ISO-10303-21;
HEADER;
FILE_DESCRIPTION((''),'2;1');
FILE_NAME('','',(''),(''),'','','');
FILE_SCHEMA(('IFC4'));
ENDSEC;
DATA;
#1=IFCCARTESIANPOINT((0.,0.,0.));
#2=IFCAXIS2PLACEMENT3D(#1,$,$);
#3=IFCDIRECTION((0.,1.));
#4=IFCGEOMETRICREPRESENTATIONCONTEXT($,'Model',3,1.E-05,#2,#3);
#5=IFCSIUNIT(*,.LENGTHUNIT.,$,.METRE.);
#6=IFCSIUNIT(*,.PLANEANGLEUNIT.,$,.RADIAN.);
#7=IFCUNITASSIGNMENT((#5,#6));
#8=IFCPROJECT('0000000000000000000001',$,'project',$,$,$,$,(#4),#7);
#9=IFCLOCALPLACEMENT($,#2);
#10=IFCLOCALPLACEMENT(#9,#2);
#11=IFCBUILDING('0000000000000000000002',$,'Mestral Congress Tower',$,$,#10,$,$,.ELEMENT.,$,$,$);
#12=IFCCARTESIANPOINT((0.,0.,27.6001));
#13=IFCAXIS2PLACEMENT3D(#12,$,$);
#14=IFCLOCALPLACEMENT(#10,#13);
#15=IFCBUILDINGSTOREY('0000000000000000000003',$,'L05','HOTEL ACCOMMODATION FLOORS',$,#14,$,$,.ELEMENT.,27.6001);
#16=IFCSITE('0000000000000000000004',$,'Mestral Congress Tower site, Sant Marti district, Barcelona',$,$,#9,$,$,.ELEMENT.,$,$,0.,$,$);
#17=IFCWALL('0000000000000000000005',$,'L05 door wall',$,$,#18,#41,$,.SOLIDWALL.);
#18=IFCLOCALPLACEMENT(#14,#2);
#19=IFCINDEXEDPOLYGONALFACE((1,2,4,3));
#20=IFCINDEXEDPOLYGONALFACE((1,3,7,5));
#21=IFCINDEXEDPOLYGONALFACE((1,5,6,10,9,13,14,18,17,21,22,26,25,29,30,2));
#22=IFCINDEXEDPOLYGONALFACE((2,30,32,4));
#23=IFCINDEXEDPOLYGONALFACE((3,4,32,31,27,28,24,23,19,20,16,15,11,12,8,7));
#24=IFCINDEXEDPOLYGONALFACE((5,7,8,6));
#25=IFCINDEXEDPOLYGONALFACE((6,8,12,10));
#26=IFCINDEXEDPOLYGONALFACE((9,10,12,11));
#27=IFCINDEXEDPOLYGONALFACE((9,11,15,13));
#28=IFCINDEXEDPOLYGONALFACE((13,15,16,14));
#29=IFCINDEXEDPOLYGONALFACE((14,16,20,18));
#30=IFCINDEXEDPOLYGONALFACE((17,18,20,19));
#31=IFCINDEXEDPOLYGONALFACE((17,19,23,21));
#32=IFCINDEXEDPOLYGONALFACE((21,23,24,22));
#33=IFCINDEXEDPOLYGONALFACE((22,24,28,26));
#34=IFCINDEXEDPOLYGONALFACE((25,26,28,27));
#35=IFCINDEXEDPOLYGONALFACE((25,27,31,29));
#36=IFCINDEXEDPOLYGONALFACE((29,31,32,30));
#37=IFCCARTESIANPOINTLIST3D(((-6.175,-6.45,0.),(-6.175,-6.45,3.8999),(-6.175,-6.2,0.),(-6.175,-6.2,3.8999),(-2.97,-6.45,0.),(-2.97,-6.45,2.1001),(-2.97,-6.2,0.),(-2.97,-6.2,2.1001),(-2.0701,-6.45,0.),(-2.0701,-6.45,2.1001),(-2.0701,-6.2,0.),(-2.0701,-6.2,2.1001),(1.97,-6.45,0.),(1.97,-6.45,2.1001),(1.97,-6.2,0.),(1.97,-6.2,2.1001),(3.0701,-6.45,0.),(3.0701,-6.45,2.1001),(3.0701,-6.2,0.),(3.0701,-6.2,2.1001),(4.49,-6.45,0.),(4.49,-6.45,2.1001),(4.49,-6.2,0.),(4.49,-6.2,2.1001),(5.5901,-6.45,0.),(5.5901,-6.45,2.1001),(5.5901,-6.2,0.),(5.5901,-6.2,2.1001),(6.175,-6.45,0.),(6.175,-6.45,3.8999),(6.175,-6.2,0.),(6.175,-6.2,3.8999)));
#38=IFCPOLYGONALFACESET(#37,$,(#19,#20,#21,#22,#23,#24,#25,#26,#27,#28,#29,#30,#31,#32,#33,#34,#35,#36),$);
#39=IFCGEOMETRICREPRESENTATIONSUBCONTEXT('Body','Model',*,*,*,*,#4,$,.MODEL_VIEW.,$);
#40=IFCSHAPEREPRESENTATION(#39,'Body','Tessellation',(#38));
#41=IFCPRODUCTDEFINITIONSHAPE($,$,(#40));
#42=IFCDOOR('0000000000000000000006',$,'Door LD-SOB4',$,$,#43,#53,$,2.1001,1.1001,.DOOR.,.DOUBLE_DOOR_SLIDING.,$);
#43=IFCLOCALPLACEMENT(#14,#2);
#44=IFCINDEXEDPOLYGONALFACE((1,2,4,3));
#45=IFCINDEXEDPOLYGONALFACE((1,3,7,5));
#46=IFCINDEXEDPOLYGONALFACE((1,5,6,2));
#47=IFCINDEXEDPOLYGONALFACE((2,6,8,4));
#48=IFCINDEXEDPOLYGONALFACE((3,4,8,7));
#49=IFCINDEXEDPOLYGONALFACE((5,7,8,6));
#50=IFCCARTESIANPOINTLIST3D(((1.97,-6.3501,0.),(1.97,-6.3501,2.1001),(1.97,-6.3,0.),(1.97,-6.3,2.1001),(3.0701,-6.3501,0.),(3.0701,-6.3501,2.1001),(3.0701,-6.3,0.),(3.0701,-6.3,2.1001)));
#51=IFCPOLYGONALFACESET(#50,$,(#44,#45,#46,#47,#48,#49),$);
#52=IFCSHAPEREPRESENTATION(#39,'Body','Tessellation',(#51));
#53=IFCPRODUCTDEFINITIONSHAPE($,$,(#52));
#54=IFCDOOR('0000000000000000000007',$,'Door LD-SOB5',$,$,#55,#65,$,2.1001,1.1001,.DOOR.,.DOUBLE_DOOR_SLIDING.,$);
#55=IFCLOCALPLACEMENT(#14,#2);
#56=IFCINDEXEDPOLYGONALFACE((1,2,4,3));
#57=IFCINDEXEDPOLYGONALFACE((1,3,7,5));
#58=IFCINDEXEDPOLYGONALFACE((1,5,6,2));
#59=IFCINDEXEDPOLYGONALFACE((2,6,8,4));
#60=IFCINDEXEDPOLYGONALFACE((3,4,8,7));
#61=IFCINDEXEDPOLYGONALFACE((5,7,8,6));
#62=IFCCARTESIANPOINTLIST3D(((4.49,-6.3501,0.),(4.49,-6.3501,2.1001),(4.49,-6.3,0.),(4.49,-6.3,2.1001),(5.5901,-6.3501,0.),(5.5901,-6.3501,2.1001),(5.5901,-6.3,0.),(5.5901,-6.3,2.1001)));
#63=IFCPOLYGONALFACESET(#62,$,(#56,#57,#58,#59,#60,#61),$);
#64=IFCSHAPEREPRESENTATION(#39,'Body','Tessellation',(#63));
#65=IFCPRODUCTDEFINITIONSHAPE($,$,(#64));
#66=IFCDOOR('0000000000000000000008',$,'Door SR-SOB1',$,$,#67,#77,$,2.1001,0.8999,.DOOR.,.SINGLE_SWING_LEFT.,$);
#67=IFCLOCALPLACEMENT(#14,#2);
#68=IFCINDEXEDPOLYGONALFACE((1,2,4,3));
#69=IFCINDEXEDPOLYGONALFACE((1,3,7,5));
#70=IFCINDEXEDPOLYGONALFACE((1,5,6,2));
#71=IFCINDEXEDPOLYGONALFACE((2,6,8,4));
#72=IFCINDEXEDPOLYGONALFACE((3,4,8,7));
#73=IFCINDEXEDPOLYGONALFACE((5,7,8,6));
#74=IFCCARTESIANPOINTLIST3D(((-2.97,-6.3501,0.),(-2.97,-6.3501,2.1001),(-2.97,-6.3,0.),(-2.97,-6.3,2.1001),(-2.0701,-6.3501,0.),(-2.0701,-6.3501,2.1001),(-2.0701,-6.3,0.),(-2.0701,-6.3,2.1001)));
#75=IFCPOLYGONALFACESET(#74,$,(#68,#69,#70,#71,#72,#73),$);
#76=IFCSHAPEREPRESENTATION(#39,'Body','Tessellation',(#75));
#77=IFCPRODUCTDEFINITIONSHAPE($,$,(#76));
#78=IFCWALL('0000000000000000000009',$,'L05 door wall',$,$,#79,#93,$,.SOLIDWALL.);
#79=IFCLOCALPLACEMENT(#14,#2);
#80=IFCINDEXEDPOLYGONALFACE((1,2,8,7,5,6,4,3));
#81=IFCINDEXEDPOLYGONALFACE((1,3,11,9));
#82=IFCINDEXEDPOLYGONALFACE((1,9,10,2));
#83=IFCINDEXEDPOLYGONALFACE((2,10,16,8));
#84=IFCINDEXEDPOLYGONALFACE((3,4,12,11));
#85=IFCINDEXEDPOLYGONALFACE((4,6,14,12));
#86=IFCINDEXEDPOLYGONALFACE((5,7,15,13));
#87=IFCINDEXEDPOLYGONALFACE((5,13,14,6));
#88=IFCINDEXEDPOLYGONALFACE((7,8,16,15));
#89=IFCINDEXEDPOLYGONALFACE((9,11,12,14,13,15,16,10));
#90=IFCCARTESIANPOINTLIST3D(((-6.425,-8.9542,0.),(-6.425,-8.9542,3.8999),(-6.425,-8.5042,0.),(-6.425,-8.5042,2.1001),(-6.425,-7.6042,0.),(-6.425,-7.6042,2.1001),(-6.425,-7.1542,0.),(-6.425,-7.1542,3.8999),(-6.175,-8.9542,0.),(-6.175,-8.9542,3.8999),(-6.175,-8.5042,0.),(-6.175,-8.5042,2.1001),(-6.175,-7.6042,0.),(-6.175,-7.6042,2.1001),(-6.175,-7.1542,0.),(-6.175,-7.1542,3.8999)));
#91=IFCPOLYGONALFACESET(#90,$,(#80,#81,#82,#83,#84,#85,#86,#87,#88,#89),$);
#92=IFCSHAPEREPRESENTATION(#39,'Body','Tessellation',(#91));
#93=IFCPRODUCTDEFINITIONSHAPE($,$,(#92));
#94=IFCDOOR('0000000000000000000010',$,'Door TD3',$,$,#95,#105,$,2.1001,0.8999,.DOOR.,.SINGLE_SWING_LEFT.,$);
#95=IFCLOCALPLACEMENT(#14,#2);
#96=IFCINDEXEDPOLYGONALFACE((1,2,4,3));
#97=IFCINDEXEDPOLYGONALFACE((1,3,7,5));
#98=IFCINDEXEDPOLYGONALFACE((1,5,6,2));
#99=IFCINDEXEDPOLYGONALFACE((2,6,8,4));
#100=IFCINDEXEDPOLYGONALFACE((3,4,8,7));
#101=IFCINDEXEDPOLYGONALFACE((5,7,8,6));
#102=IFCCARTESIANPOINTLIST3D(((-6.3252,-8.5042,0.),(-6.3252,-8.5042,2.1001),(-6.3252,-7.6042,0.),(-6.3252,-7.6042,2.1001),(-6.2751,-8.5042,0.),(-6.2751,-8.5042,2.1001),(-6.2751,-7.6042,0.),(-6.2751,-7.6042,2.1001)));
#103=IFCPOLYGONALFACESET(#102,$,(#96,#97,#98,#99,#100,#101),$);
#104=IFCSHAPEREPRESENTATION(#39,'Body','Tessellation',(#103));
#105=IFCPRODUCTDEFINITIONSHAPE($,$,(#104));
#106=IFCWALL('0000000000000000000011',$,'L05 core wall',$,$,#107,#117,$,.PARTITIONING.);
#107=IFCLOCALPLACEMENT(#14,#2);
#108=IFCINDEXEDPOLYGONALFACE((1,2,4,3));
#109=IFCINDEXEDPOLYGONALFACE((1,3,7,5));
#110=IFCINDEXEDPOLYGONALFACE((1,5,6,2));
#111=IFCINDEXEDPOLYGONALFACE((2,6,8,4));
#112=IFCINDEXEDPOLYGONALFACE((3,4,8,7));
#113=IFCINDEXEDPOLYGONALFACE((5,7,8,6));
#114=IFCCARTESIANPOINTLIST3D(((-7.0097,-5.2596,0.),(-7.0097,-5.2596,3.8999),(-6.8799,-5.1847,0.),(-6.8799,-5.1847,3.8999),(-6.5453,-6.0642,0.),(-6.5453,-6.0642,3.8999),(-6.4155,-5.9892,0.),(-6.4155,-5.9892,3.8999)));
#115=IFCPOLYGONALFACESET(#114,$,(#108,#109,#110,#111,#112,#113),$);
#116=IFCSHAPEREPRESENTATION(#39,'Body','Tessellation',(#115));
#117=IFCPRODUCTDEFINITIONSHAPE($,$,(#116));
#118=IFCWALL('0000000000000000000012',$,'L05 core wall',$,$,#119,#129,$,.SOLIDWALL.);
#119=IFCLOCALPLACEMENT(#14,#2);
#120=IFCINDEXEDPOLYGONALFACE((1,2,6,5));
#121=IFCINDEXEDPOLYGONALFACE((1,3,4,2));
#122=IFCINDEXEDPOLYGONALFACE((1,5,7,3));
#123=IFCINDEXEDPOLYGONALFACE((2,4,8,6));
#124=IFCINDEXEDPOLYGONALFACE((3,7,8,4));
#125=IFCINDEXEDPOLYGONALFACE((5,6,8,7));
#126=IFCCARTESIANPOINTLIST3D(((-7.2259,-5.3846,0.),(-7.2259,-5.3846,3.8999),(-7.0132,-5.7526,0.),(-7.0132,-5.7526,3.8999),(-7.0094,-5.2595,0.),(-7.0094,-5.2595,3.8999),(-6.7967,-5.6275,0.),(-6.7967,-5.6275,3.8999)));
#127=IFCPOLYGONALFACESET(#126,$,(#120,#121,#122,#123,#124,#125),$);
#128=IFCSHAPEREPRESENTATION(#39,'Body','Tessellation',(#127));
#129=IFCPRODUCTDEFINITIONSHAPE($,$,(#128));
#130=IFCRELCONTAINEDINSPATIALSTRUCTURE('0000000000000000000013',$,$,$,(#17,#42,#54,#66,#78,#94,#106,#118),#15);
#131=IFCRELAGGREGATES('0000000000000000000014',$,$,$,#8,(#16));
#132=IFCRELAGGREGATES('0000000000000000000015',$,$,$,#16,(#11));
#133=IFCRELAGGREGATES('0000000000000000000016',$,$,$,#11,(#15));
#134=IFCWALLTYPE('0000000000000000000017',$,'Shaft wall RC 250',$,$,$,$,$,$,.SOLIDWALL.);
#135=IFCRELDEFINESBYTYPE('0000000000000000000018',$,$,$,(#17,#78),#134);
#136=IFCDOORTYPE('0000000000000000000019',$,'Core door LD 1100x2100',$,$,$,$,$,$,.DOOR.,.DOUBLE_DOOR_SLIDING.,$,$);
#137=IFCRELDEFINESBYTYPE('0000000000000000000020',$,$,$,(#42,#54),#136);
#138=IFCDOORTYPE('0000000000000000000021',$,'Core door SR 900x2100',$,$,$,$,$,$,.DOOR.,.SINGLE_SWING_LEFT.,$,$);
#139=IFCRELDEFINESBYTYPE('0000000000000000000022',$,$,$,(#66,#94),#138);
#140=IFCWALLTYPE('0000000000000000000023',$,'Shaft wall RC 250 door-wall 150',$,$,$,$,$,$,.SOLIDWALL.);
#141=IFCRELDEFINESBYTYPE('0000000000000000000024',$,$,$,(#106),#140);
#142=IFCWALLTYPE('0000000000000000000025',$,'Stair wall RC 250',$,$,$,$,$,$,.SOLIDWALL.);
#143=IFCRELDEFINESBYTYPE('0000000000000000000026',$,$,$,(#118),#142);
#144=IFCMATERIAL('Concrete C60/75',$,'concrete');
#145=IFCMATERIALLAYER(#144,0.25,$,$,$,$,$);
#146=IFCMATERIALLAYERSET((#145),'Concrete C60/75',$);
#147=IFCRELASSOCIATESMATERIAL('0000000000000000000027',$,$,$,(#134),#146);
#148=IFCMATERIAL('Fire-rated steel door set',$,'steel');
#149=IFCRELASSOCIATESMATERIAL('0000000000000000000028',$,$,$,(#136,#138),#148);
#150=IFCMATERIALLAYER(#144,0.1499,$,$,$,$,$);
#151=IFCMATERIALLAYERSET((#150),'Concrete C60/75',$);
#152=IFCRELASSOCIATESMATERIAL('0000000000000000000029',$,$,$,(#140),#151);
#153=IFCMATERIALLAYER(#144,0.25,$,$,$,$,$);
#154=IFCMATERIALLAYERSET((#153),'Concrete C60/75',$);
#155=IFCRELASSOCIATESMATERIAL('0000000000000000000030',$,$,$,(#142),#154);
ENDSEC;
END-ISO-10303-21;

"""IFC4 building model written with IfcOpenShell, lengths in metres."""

from ifc_helpers import new_model, si_unit, direction, frame, frame_2d, origin, place, context, subcontext, project, spatial, rectangle, extrude, material, layer, layer_set, type_object, element, fill, save


model = new_model("IFC4")

# Units and contexts
model_context = context("Model", 3, precision=1e-05, world=origin(), true_north=direction((0.0, 1.0)))
body_context = subcontext(model_context, "Body", "Model", "MODEL_VIEW")
ifc_project = project(units=[si_unit("LENGTHUNIT", "METRE"), si_unit("PLANEANGLEUNIT", "RADIAN")], contexts=[model_context])

# Site, building, storey
site_placement = place(None, origin())
site = spatial("IfcSite", under=ifc_project, at=site_placement, Name="Mestral Congress Tower site, Sant Marti district, Barcelona", CompositionType="ELEMENT", RefElevation=0.0)
building_placement = place(site_placement, origin())
building = spatial("IfcBuilding", under=site, at=building_placement, Name="Mestral Congress Tower", CompositionType="ELEMENT")
storey_placement = place(building_placement, frame((0.0, 0.0, 27.6001)))
storey = spatial("IfcBuildingStorey", under=building, at=storey_placement, Name="L05", Description="HOTEL ACCOMMODATION FLOORS", CompositionType="ELEMENT", Elevation=27.6001)

# Shared definitions
ifc_material_1 = material(Name="Fire-rated steel door set", Category="steel")

# Shared definitions
ifc_material_2 = material(Name="Concrete C60/75", Category="concrete")
ifc_layer_1 = layer(ifc_material_2, 0.25)
ifc_layer_set_1 = layer_set([ifc_layer_1], Name="Concrete C60/75")
wall_type_1 = type_object("IfcWallType", Name="Shaft wall RC 250", PredefinedType="SOLIDWALL", material=ifc_layer_set_1)

# Wall, openings, doors
door_type_1 = type_object("IfcDoorType", Name="Core door LD 1100x2100", OperationType="DOUBLE_DOOR_SLIDING", PredefinedType="DOOR", material=ifc_material_1)
wall_1_placement = place(storey_placement, frame((-6.175, -6.325, 0.0), z_axis=(0.0, 0.0, 1.0), x_axis=(1.0, 0.0, 0.0)))
wall_1 = element("IfcWall", 1, at=wall_1_placement, inside=storey, type_object=wall_type_1, Name="L05 door wall", PredefinedType="SOLIDWALL", context=body_context, shape_type="SweptSolid", body=[
    extrude(rectangle(XDim=12.3501, YDim=0.25, at=frame_2d((6.175, 0.0))), origin(), (0.0, 0.0, 1.0), 3.8999),
])
opening_1_placement = place(wall_1_placement, frame((3.2051, 0.0, 0.0)))
opening_1 = element("IfcOpeningElement", 2, at=opening_1_placement, cuts=wall_1, PredefinedType="OPENING", context=body_context, shape_type="SweptSolid", body=[
    extrude(rectangle(XDim=0.8999, YDim=2.1001, at=frame_2d((0.45, 1.05))), frame((0.0, 0.135, 0.0), z_axis=(0.0, -1.0, 0.0), x_axis=(1.0, 0.0, 0.0)), (0.0, 0.0, 1.0), 0.27),
])
opening_2_placement = place(wall_1_placement, frame((8.145, 0.0, 0.0)))
opening_2 = element("IfcOpeningElement", 3, at=opening_2_placement, cuts=wall_1, PredefinedType="OPENING", context=body_context, shape_type="SweptSolid", body=[
    extrude(rectangle(XDim=1.1001, YDim=2.1001, at=frame_2d((0.55, 1.05))), frame((0.0, 0.135, 0.0), z_axis=(0.0, -1.0, 0.0), x_axis=(1.0, 0.0, 0.0)), (0.0, 0.0, 1.0), 0.27),
])
opening_3_placement = place(wall_1_placement, frame((10.665, 0.0, 0.0)))
opening_3 = element("IfcOpeningElement", 4, at=opening_3_placement, cuts=wall_1, PredefinedType="OPENING", context=body_context, shape_type="SweptSolid", body=[
    extrude(rectangle(XDim=1.1001, YDim=2.1001, at=frame_2d((0.55, 1.05))), frame((0.0, 0.135, 0.0), z_axis=(0.0, -1.0, 0.0), x_axis=(1.0, 0.0, 0.0)), (0.0, 0.0, 1.0), 0.27),
])
door_1_placement = place(opening_2_placement, origin())
door_1 = element("IfcDoor", 5, at=door_1_placement, inside=storey, type_object=door_type_1, Name="Door LD-SOB4", OperationType="DOUBLE_DOOR_SLIDING", OverallHeight=2.1001, OverallWidth=1.1001, PredefinedType="DOOR", context=body_context, shape_type="SweptSolid", body=[
    extrude(rectangle(XDim=1.1001, YDim=2.1001, at=frame_2d((0.55, 1.05))), frame((0.0, 0.0249, 0.0), z_axis=(0.0, -1.0, 0.0), x_axis=(1.0, 0.0, 0.0)), (0.0, 0.0, 1.0), 0.05),
])
fill(opening_2, door_1)
door_2_placement = place(opening_3_placement, origin())
door_2 = element("IfcDoor", 6, at=door_2_placement, inside=storey, type_object=door_type_1, Name="Door LD-SOB5", OperationType="DOUBLE_DOOR_SLIDING", OverallHeight=2.1001, OverallWidth=1.1001, PredefinedType="DOOR", context=body_context, shape_type="SweptSolid", body=[
    extrude(rectangle(XDim=1.1001, YDim=2.1001, at=frame_2d((0.55, 1.05))), frame((0.0, 0.0249, 0.0), z_axis=(0.0, -1.0, 0.0), x_axis=(1.0, 0.0, 0.0)), (0.0, 0.0, 1.0), 0.05),
])
fill(opening_3, door_2)
door_type_2 = type_object("IfcDoorType", Name="Core door SR 900x2100", OperationType="SINGLE_SWING_LEFT", PredefinedType="DOOR", material=ifc_material_1)
door_3_placement = place(opening_1_placement, origin())
door_3 = element("IfcDoor", 7, at=door_3_placement, inside=storey, type_object=door_type_2, Name="Door SR-SOB1", OperationType="SINGLE_SWING_LEFT", OverallHeight=2.1001, OverallWidth=0.8999, PredefinedType="DOOR", context=body_context, shape_type="SweptSolid", body=[
    extrude(rectangle(XDim=0.8999, YDim=2.1001, at=frame_2d((0.45, 1.05))), frame((0.0, 0.0249, 0.0), z_axis=(0.0, -1.0, 0.0), x_axis=(1.0, 0.0, 0.0)), (0.0, 0.0, 1.0), 0.05),
])
fill(opening_1, door_3)

# Wall, opening, door
wall_2_placement = place(storey_placement, frame((-6.3, -7.1543, 0.0), z_axis=(0.0, 0.0, 1.0), x_axis=(0.0, -1.0, 0.0)))
wall_2 = element("IfcWall", 8, at=wall_2_placement, inside=storey, type_object=wall_type_1, Name="L05 door wall", PredefinedType="SOLIDWALL", context=body_context, shape_type="SweptSolid", body=[
    extrude(rectangle(XDim=1.8, YDim=0.25, at=frame_2d((0.8999, 0.0))), origin(), (0.0, 0.0, 1.0), 3.8999),
])
opening_4_placement = place(wall_2_placement, frame((0.45, 0.0, 0.0)))
opening_4 = element("IfcOpeningElement", 9, at=opening_4_placement, cuts=wall_2, PredefinedType="OPENING", context=body_context, shape_type="SweptSolid", body=[
    extrude(rectangle(XDim=0.8999, YDim=2.1001, at=frame_2d((0.45, 1.05))), frame((0.0, 0.135, 0.0), z_axis=(0.0, -1.0, 0.0), x_axis=(1.0, 0.0, 0.0)), (0.0, 0.0, 1.0), 0.27),
])
door_4_placement = place(opening_4_placement, origin())
door_4 = element("IfcDoor", 10, at=door_4_placement, inside=storey, type_object=door_type_2, Name="Door TD3", OperationType="SINGLE_SWING_LEFT", OverallHeight=2.1001, OverallWidth=0.8999, PredefinedType="DOOR", context=body_context, shape_type="SweptSolid", body=[
    extrude(rectangle(XDim=0.8999, YDim=2.1001, at=frame_2d((0.45, 1.05))), frame((0.0, 0.0249, 0.0), z_axis=(0.0, -1.0, 0.0), x_axis=(1.0, 0.0, 0.0)), (0.0, 0.0, 1.0), 0.05),
])
fill(opening_4, door_4)

# Walls
ifc_layer_2 = layer(ifc_material_2, 0.1499)
ifc_layer_set_2 = layer_set([ifc_layer_2], Name="Concrete C60/75")
wall_type_2 = type_object("IfcWallType", Name="Shaft wall RC 250 door-wall 150", PredefinedType="SOLIDWALL", material=ifc_layer_set_2)
wall_3_placement = place(storey_placement, frame((-6.4805, -6.0266, 0.0), z_axis=(0.0, 0.0, 1.0), x_axis=(-0.499927, 0.866067, 0.0)))
element("IfcWall", 11, at=wall_3_placement, inside=storey, type_object=wall_type_2, Name="L05 core wall", PredefinedType="PARTITIONING", context=body_context, shape_type="SweptSolid", body=[
    extrude(rectangle(XDim=0.929, YDim=0.1499, at=frame_2d((0.4644, 0.0))), origin(), (0.0, 0.0, 1.0), 3.8999),
])
ifc_layer_3 = layer(ifc_material_2, 0.25)
ifc_layer_set_3 = layer_set([ifc_layer_3], Name="Concrete C60/75")
wall_type_3 = type_object("IfcWallType", Name="Stair wall RC 250", PredefinedType="SOLIDWALL", material=ifc_layer_set_3)
wall_4_placement = place(storey_placement, frame((-6.905, -5.6899, 0.0), z_axis=(0.0, 0.0, 1.0), x_axis=(-0.500402, 0.865793, 0.0)))
element("IfcWall", 12, at=wall_4_placement, inside=storey, type_object=wall_type_3, Name="L05 core wall", PredefinedType="SOLIDWALL", context=body_context, shape_type="SweptSolid", body=[
    extrude(rectangle(XDim=0.425, YDim=0.25, at=frame_2d((0.2124, 0.0))), origin(), (0.0, 0.0, 1.0), 3.8999),
])

save(model, "model.ifc")
